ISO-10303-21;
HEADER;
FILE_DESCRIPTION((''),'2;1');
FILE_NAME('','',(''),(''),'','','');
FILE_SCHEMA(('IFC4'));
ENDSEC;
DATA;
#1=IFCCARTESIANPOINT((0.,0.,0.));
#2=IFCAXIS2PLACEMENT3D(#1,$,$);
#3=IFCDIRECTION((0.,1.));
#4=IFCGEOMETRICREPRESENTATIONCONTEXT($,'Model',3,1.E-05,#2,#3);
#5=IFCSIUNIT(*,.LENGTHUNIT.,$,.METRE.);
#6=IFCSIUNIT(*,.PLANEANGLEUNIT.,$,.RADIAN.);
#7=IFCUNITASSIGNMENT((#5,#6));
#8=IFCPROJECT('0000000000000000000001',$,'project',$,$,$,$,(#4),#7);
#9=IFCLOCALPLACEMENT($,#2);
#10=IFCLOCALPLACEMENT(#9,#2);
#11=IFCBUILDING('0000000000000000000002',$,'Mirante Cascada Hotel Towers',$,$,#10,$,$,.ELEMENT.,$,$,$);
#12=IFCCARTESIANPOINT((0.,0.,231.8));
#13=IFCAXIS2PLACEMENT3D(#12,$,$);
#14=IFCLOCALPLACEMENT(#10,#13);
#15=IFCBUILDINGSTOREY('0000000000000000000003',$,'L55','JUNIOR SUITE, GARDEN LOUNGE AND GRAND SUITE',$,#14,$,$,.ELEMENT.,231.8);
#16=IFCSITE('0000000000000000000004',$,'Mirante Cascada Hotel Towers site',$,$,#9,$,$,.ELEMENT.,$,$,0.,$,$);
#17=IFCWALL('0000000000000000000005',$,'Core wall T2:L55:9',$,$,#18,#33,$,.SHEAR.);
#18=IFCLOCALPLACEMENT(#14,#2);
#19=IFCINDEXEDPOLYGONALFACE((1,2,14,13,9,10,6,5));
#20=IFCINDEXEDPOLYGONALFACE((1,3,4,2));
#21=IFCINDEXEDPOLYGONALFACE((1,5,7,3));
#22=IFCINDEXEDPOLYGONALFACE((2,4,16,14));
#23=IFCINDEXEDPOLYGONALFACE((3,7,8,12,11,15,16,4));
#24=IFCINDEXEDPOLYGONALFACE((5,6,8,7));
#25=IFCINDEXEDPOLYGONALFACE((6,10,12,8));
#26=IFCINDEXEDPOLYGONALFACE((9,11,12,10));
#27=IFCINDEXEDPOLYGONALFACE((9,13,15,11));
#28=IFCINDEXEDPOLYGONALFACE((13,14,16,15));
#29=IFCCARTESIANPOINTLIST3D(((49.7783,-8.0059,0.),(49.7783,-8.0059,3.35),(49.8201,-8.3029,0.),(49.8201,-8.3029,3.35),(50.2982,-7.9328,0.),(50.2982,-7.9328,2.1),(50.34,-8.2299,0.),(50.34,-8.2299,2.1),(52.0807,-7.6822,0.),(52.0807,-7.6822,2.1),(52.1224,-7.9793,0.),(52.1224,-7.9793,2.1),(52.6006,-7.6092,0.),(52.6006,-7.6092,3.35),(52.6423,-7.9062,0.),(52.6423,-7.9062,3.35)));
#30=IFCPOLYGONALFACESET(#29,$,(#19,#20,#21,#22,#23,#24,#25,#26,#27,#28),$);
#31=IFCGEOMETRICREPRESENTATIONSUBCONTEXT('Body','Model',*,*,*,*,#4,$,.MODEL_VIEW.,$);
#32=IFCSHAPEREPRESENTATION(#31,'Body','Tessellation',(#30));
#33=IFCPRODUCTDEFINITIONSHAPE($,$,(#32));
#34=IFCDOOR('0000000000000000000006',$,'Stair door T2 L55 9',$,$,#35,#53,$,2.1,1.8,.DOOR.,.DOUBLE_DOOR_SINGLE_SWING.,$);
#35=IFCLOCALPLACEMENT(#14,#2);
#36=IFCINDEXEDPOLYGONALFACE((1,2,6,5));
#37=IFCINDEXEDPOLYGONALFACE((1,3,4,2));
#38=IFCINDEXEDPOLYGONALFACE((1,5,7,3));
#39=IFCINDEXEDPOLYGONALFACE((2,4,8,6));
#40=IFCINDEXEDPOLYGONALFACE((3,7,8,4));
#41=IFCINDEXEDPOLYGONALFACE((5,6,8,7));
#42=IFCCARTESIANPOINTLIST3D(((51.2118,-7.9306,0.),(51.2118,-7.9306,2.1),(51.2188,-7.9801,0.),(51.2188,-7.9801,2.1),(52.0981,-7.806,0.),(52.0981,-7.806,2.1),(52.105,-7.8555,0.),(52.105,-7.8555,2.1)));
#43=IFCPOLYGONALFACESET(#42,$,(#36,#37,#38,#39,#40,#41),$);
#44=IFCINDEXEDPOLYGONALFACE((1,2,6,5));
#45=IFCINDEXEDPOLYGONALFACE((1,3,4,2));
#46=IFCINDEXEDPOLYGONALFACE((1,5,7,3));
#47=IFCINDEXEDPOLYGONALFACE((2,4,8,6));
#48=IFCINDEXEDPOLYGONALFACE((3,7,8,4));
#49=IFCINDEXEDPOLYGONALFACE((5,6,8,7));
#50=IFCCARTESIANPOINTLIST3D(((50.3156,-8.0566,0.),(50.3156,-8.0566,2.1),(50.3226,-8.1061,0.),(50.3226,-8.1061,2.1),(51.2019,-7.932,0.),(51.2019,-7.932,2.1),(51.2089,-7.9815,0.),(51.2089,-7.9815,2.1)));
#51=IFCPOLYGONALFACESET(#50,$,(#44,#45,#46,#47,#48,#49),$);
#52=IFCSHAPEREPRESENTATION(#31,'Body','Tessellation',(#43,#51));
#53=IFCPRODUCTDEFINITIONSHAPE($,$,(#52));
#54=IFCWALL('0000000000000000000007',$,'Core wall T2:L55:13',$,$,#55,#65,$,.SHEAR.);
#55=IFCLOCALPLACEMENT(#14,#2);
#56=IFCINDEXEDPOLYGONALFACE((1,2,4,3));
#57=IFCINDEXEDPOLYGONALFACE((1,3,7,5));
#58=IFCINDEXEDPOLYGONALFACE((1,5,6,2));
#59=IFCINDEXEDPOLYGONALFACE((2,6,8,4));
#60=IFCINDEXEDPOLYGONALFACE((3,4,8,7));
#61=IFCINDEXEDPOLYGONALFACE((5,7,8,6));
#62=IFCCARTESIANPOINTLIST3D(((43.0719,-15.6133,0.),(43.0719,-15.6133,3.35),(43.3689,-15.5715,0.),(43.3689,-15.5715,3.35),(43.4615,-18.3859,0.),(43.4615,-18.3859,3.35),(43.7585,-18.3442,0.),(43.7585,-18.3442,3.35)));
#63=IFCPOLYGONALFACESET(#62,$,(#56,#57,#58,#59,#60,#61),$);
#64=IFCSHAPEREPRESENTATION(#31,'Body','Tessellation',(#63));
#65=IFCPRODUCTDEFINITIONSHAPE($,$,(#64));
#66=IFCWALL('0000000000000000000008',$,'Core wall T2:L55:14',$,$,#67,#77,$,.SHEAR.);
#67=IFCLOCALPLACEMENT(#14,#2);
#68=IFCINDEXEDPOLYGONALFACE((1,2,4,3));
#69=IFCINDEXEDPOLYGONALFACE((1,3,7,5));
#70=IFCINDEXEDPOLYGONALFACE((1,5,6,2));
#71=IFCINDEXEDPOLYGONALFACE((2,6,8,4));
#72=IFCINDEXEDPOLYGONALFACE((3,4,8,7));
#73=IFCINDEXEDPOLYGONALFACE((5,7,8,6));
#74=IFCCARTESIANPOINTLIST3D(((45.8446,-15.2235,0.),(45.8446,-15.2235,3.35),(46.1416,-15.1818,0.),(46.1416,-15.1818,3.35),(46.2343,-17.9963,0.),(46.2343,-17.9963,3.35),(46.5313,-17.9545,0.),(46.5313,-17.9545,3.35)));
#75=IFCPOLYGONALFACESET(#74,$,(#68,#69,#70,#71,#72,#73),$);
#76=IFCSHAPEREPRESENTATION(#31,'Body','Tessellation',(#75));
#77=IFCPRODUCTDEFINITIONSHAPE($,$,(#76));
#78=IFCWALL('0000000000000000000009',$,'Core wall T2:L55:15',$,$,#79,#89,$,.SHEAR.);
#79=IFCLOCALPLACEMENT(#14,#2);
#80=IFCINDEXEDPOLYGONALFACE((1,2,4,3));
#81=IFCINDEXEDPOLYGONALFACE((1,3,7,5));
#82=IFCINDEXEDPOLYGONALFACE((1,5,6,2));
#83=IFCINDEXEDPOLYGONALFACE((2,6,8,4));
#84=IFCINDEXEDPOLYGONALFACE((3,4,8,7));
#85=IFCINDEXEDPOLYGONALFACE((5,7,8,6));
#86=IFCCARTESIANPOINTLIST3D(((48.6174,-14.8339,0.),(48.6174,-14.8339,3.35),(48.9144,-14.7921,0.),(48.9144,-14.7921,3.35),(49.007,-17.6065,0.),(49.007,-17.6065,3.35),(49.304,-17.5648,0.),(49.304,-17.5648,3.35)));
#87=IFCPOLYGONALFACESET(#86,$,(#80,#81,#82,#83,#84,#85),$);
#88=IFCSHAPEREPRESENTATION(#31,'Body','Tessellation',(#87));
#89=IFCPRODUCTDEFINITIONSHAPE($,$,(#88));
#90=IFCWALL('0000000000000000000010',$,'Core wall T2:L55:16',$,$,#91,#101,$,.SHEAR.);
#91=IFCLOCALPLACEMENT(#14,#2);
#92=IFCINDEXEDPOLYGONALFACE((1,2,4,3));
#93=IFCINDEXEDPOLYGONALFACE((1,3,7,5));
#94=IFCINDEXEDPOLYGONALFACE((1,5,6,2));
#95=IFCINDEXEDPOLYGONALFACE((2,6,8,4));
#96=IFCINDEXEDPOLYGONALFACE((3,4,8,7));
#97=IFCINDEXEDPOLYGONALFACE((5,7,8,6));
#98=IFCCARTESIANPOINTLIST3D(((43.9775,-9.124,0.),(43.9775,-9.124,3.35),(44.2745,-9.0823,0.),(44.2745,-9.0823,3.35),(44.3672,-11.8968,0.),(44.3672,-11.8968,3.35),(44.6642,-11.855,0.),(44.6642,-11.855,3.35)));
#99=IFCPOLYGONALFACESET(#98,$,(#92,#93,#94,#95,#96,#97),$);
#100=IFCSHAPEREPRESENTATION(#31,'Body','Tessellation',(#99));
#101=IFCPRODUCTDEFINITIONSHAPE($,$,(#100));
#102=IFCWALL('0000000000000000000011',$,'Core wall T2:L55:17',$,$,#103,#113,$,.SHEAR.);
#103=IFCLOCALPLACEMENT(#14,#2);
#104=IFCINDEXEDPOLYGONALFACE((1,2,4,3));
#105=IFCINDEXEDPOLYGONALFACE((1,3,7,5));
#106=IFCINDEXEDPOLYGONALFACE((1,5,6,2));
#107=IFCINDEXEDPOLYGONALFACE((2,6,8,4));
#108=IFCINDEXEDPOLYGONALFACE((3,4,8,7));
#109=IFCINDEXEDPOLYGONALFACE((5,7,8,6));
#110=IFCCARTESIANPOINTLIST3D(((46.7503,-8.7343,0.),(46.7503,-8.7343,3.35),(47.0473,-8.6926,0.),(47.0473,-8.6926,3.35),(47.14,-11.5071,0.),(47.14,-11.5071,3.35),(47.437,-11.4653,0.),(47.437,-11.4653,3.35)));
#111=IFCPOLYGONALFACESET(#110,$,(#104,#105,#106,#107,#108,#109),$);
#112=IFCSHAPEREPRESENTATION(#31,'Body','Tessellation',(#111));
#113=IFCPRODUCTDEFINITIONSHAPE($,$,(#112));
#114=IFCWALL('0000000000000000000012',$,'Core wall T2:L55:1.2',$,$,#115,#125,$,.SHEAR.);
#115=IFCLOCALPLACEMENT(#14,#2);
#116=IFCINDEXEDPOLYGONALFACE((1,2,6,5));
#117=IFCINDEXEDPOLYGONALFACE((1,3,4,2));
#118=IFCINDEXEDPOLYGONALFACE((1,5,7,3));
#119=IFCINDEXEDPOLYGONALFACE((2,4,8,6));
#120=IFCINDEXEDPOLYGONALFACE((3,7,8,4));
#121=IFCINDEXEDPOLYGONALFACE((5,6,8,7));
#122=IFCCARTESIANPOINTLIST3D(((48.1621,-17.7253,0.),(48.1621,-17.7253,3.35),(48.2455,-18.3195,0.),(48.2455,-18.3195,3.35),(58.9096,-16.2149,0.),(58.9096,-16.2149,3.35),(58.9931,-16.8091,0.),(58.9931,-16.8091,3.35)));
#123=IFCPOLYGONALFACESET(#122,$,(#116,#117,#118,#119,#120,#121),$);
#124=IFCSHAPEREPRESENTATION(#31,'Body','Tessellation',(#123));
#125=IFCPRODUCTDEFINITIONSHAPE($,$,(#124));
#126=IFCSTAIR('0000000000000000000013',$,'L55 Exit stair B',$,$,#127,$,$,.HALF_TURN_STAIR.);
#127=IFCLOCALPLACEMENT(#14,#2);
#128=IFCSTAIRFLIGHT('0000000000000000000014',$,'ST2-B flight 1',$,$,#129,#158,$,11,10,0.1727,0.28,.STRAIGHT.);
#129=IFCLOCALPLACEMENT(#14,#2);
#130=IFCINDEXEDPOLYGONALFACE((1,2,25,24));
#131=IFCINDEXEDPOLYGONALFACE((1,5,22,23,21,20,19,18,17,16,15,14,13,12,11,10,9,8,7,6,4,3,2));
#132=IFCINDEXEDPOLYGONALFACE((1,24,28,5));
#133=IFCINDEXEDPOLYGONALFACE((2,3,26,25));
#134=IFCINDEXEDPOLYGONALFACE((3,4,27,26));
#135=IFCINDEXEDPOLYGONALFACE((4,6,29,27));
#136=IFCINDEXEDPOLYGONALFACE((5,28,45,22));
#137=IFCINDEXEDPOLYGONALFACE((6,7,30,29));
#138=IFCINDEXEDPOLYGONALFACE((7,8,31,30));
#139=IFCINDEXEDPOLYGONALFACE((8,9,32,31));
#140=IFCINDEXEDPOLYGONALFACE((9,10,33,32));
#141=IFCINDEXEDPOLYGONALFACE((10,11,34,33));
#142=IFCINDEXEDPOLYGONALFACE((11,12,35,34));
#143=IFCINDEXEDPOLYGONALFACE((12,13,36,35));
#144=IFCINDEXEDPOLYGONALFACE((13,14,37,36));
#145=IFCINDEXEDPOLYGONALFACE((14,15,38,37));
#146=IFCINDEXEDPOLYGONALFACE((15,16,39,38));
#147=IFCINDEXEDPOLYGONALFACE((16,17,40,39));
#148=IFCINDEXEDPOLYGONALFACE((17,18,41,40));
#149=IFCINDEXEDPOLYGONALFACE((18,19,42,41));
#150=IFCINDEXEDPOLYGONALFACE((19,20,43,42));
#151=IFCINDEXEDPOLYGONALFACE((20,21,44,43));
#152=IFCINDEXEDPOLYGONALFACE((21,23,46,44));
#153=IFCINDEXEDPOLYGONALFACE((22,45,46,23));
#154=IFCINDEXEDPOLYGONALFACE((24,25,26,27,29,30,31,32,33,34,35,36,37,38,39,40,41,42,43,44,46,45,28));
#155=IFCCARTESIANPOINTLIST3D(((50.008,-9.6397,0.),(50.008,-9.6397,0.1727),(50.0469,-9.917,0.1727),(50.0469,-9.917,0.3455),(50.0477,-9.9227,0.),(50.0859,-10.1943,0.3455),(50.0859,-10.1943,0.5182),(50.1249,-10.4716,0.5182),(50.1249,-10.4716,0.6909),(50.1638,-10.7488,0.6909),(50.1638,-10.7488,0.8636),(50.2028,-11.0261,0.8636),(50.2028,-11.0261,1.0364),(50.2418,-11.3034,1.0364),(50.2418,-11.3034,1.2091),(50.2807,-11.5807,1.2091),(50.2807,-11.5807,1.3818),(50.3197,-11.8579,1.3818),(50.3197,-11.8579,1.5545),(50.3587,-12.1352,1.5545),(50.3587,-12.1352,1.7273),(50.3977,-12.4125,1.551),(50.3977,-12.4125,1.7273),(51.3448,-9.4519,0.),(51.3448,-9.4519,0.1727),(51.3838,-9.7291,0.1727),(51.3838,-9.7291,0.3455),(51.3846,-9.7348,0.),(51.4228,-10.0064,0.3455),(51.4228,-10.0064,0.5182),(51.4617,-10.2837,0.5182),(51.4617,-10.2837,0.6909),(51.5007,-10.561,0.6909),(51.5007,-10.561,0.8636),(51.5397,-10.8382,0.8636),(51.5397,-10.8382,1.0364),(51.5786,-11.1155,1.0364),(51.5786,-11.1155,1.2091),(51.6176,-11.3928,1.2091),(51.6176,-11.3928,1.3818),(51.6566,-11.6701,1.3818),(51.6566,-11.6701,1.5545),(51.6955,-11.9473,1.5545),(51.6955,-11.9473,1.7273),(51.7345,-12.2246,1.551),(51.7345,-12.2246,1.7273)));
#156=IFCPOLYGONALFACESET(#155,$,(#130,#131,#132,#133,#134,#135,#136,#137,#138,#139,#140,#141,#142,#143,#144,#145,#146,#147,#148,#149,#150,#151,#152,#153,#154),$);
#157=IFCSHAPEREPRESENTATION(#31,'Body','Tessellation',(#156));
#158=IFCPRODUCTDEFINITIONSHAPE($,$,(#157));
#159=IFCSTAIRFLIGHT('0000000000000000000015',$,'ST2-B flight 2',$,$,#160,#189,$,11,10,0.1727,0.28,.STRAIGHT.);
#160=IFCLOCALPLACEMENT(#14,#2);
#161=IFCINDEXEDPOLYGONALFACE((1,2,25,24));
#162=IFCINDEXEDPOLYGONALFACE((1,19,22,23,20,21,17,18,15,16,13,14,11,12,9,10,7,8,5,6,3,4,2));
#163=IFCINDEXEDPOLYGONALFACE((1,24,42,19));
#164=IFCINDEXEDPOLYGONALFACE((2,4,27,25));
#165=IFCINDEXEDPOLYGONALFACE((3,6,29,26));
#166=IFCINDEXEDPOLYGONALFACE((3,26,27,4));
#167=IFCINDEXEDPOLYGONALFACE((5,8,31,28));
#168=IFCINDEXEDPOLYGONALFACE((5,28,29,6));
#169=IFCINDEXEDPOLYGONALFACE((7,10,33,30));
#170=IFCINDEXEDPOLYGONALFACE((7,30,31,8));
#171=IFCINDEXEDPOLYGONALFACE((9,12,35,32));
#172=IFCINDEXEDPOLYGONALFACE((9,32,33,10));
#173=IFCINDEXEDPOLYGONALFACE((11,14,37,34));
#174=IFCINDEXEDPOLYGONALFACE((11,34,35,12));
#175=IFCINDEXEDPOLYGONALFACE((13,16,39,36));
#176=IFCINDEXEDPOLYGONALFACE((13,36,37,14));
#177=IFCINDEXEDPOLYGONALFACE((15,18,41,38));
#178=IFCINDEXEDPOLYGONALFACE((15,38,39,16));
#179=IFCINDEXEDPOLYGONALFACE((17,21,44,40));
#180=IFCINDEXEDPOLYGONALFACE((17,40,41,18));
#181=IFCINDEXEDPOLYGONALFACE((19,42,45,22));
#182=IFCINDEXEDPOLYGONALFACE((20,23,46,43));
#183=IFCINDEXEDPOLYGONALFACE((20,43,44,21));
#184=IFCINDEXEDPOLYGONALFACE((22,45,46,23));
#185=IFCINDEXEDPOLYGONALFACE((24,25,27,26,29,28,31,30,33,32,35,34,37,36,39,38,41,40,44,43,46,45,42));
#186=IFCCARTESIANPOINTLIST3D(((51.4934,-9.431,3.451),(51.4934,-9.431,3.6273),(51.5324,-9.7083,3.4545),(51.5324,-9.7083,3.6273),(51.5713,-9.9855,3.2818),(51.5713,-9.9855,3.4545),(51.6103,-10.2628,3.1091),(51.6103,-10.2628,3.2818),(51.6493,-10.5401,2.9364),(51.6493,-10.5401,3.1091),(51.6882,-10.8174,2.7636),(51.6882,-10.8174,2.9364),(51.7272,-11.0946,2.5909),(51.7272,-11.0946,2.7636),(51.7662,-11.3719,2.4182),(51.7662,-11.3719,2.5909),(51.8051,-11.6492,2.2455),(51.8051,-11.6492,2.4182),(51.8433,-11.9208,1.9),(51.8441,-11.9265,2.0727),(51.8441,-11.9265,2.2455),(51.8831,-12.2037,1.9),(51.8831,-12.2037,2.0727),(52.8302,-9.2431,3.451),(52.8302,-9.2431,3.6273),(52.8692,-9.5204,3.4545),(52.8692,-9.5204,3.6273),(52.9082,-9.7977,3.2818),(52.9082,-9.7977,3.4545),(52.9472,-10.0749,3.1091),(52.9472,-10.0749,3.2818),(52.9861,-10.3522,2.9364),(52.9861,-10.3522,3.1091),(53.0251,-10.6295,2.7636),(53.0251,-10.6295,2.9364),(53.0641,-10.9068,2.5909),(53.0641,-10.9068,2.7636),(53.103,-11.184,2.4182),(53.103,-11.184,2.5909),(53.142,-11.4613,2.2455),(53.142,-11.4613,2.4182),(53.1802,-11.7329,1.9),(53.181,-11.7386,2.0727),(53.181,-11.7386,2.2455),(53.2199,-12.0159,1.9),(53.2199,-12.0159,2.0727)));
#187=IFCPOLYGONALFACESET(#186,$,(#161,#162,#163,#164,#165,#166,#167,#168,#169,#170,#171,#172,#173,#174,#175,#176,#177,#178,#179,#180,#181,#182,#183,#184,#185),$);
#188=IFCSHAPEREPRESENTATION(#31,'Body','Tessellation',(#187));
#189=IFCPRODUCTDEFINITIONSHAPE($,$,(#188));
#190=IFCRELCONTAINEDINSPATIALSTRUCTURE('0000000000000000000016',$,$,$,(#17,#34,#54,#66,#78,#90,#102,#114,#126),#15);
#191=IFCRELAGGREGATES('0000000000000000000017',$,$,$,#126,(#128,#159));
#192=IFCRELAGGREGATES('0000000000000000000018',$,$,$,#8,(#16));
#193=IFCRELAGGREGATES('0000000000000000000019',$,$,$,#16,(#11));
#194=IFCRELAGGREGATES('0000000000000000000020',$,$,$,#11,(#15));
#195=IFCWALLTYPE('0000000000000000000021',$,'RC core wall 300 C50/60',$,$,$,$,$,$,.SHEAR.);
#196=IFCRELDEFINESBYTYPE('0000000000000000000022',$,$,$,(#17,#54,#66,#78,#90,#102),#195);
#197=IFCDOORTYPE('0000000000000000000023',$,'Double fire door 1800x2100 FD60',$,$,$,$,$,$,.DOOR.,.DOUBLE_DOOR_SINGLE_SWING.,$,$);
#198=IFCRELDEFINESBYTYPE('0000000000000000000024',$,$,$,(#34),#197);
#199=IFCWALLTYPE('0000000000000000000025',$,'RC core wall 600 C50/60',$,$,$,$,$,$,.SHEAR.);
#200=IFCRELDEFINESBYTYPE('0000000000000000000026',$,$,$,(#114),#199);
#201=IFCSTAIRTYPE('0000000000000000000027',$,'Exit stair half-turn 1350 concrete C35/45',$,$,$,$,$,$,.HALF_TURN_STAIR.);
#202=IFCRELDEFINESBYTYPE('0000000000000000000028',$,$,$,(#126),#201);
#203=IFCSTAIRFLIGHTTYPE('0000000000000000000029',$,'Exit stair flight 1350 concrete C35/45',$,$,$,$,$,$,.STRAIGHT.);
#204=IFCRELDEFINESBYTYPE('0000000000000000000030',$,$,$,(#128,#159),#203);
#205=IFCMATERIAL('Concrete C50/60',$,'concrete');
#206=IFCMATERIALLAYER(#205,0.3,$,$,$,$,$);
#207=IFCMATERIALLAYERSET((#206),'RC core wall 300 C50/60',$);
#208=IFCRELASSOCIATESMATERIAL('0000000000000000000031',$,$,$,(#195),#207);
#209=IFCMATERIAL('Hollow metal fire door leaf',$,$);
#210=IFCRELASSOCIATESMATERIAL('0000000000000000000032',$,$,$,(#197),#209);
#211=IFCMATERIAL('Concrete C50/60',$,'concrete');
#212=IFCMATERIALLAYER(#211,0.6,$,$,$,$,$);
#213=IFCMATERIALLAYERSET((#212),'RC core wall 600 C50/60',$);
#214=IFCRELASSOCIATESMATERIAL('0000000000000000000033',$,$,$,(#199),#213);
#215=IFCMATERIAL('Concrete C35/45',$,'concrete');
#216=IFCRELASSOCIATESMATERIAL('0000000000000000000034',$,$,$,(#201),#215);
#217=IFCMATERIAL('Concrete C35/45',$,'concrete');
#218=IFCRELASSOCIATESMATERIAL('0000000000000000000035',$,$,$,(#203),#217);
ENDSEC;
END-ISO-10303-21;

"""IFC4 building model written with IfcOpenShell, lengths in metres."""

from ifc_helpers import new_model, si_unit, direction, frame, frame_2d, origin, place, context, subcontext, project, spatial, polyline, rectangle, outline, extrude, material, layer, layer_set, type_object, element, fill, aggregate, save


model = new_model("IFC4")

# Units and contexts
model_context = context("Model", 3, precision=1e-05, world=origin(), true_north=direction((0.0, 1.0)))
body_context = subcontext(model_context, "Body", "Model", "MODEL_VIEW")
ifc_project = project(units=[si_unit("LENGTHUNIT", "METRE"), si_unit("PLANEANGLEUNIT", "RADIAN")], contexts=[model_context])

# Site, building, storey
site_placement = place(None, origin())
site = spatial("IfcSite", under=ifc_project, at=site_placement, Name="Mirante Cascada Hotel Towers site", CompositionType="ELEMENT", RefElevation=0.0)
building_placement = place(site_placement, origin())
building = spatial("IfcBuilding", under=site, at=building_placement, Name="Mirante Cascada Hotel Towers", CompositionType="ELEMENT")
storey_placement = place(building_placement, frame((0.0, 0.0, 231.8)))
storey = spatial("IfcBuildingStorey", under=building, at=storey_placement, Name="L55", Description="JUNIOR SUITE, GARDEN LOUNGE AND GRAND SUITE", CompositionType="ELEMENT", Elevation=231.8)

# Shared definitions
ifc_material_1 = material(Name="Concrete C50/60", Category="concrete")
ifc_layer_1 = layer(ifc_material_1, 0.3)
ifc_layer_set_1 = layer_set([ifc_layer_1], Name="RC core wall 300 C50/60")
wall_type_1 = type_object("IfcWallType", Name="RC core wall 300 C50/60", PredefinedType="SHEAR", material=ifc_layer_set_1)

# Wall, opening, door
wall_1_placement = place(storey_placement, frame((49.7992, -8.1544, 0.0), z_axis=(0.0, 0.0, 1.0), x_axis=(0.990266, 0.139191, 0.0)))
wall_1 = element("IfcWall", 1, at=wall_1_placement, inside=storey, type_object=wall_type_1, Name="Core wall T2:L55:9", PredefinedType="SHEAR", context=body_context, shape_type="SweptSolid", body=[
    extrude(rectangle(XDim=2.85, YDim=0.3, at=frame_2d((1.425, 0.0))), origin(), (0.0, 0.0, 1.0), 3.35),
])
opening_1_placement = place(wall_1_placement, frame((0.525, 0.0, 0.0)))
opening_1 = element("IfcOpeningElement", 2, at=opening_1_placement, cuts=wall_1, PredefinedType="OPENING", context=body_context, shape_type="SweptSolid", body=[
    extrude(rectangle(XDim=1.8, YDim=2.1, at=frame_2d((0.9, 1.05))), frame((0.0, 0.15, 0.0), z_axis=(0.0, -1.0, 0.0), x_axis=(1.0, 0.0, 0.0)), (0.0, 0.0, 1.0), 0.3),
])
ifc_material_2 = material(Name="Hollow metal fire door leaf")
door_type_1 = type_object("IfcDoorType", Name="Double fire door 1800x2100 FD60", OperationType="DOUBLE_DOOR_SINGLE_SWING", PredefinedType="DOOR", material=ifc_material_2)
door_1_placement = place(opening_1_placement, frame((1.8, 0.0, 0.0), z_axis=(0.0, 0.0, 1.0), x_axis=(-1.0, 0.0, 0.0)))
door_1 = element("IfcDoor", 3, at=door_1_placement, inside=storey, type_object=door_type_1, Name="Stair door T2 L55 9", OperationType="DOUBLE_DOOR_SINGLE_SWING", OverallHeight=2.1, OverallWidth=1.8, PredefinedType="DOOR", context=body_context, shape_type="SweptSolid", body=[
    extrude(rectangle(XDim=0.895, YDim=2.1, at=frame_2d((0.4475, 1.05))), frame((0.0, 0.025, 0.0), z_axis=(0.0, -1.0, 0.0), x_axis=(1.0, 0.0, 0.0)), (0.0, 0.0, 1.0), 0.05),
    extrude(rectangle(XDim=0.895, YDim=2.1, at=frame_2d((1.3525, 1.05))), frame((0.0, 0.025, 0.0), z_axis=(0.0, -1.0, 0.0), x_axis=(1.0, 0.0, 0.0)), (0.0, 0.0, 1.0), 0.05),
])
fill(opening_1, door_1)

# Walls
wall_2_placement = place(storey_placement, frame((43.61, -18.3651, 0.0), z_axis=(0.0, 0.0, 1.0), x_axis=(-0.139146, 0.990272, 0.0)))
element("IfcWall", 4, at=wall_2_placement, inside=storey, type_object=wall_type_1, Name="Core wall T2:L55:13", PredefinedType="SHEAR", context=body_context, shape_type="SweptSolid", body=[
    extrude(rectangle(XDim=2.7999, YDim=0.3, at=frame_2d((1.4, 0.0))), origin(), (0.0, 0.0, 1.0), 3.35),
])
wall_3_placement = place(storey_placement, frame((46.3828, -17.9754, 0.0), z_axis=(0.0, 0.0, 1.0), x_axis=(-0.139181, 0.990267, 0.0)))
element("IfcWall", 5, at=wall_3_placement, inside=storey, type_object=wall_type_1, Name="Core wall T2:L55:14", PredefinedType="SHEAR", context=body_context, shape_type="SweptSolid", body=[
    extrude(rectangle(XDim=2.8, YDim=0.3, at=frame_2d((1.4, 0.0))), origin(), (0.0, 0.0, 1.0), 3.35),
])
wall_4_placement = place(storey_placement, frame((49.1555, -17.5857, 0.0), z_axis=(0.0, 0.0, 1.0), x_axis=(-0.139146, 0.990272, 0.0)))
element("IfcWall", 6, at=wall_4_placement, inside=storey, type_object=wall_type_1, Name="Core wall T2:L55:15", PredefinedType="SHEAR", context=body_context, shape_type="SweptSolid", body=[
    extrude(rectangle(XDim=2.7999, YDim=0.3, at=frame_2d((1.4, 0.0))), origin(), (0.0, 0.0, 1.0), 3.35),
])
for number, where, z_axis, x_axis, name in (
    (7, (44.5157, -11.8759, 0.0), (0.0, 0.0, 1.0), (-0.139181, 0.990267, 0.0), "Core wall T2:L55:16"),
    (8, (47.2885, -11.4862, 0.0), (0.0, 0.0, 1.0), (-0.139181, 0.990267, 0.0), "Core wall T2:L55:17"),
):
    element("IfcWall", number, at=place(storey_placement, frame(where, z_axis=z_axis, x_axis=x_axis)), inside=storey, type_object=wall_type_1, Name=name, PredefinedType="SHEAR", context=body_context, shape_type="SweptSolid", body=[
        extrude(rectangle(XDim=2.8, YDim=0.3, at=frame_2d((1.4, 0.0))), origin(), (0.0, 0.0, 1.0), 3.35),
    ])
ifc_material_3 = material(Name="Concrete C50/60", Category="concrete")
ifc_layer_2 = layer(ifc_material_3, 0.6)
ifc_layer_set_2 = layer_set([ifc_layer_2], Name="RC core wall 600 C50/60")
wall_type_2 = type_object("IfcWallType", Name="RC core wall 600 C50/60", PredefinedType="SHEAR", material=ifc_layer_set_2)
wall_5_placement = place(storey_placement, frame((48.2038, -18.0224, 0.0), z_axis=(0.0, 0.0, 1.0), x_axis=(0.990269, 0.139166, 0.0)))
element("IfcWall", 9, at=wall_5_placement, inside=storey, type_object=wall_type_2, Name="Core wall T2:L55:1.2", PredefinedType="SHEAR", context=body_context, shape_type="SweptSolid", body=[
    extrude(rectangle(XDim=10.8532, YDim=0.6, at=frame_2d((5.4266, 0.0))), origin(), (0.0, 0.0, 1.0), 3.35),
])

# Stair, stair flights
ifc_material_4 = material(Name="Concrete C35/45", Category="concrete")
stair_type = type_object("IfcStairType", Name="Exit stair half-turn 1350 concrete C35/45", PredefinedType="HALF_TURN_STAIR", material=ifc_material_4)
stair_placement = place(storey_placement, origin())
stair = element("IfcStair", 10, at=stair_placement, inside=storey, type_object=stair_type, Name="L55 Exit stair B", PredefinedType="HALF_TURN_STAIR")
ifc_material_5 = material(Name="Concrete C35/45", Category="concrete")
stair_flight_type = type_object("IfcStairFlightType", Name="Exit stair flight 1350 concrete C35/45", PredefinedType="STRAIGHT", material=ifc_material_5)
stair_flight_1_placement = place(storey_placement, frame((50.6764, -9.5458, 0.0), z_axis=(0.0, 0.0, 1.0), x_axis=(0.139173, -0.990268, 0.0)))
stair_flight_1 = element("IfcStairFlight", 11, at=stair_flight_1_placement, type_object=stair_flight_type, Name="ST2-B flight 1", NumberOfRisers=11, NumberOfTreads=10, PredefinedType="STRAIGHT", RiserHeight=0.1727, TreadLength=0.28, context=body_context, shape_type="SweptSolid", body=[
    extrude(outline(polyline([(0.0, 0.0), (0.0, 0.1727), (0.28, 0.1727), (0.28, 0.3455), (0.56, 0.3455), (0.56, 0.5182), (0.84, 0.5182), (0.84, 0.6909), (1.12, 0.6909), (1.12, 0.8636), (1.4, 0.8636), (1.4, 1.0364), (1.68, 1.0364), (1.68, 1.2091), (1.96, 1.2091), (1.96, 1.3818), (2.24, 1.3818), (2.24, 1.5545), (2.52, 1.5545), (2.52, 1.7273), (2.8, 1.7273), (2.8, 1.9), (2.8, 1.551), (0.2857, 0.0), (0.0, 0.0)])), frame((0.0, 0.675, 0.0), z_axis=(0.0, -1.0, 0.0), x_axis=(1.0, 0.0, 0.0)), (0.0, 0.0, 1.0), 1.35),
])
stair_flight_2_placement = place(storey_placement, frame((52.5515, -12.1098, 1.9), z_axis=(0.0, 0.0, 1.0), x_axis=(-0.139173, 0.990268, 0.0)))
stair_flight_2 = element("IfcStairFlight", 12, at=stair_flight_2_placement, type_object=stair_flight_type, Name="ST2-B flight 2", NumberOfRisers=11, NumberOfTreads=10, PredefinedType="STRAIGHT", RiserHeight=0.1727, TreadLength=0.28, context=body_context, shape_type="SweptSolid", body=[
    extrude(outline(polyline([(0.0, 0.0), (0.0, 0.1727), (0.28, 0.1727), (0.28, 0.3455), (0.56, 0.3455), (0.56, 0.5182), (0.84, 0.5182), (0.84, 0.6909), (1.12, 0.6909), (1.12, 0.8636), (1.4, 0.8636), (1.4, 1.0364), (1.68, 1.0364), (1.68, 1.2091), (1.96, 1.2091), (1.96, 1.3818), (2.24, 1.3818), (2.24, 1.5545), (2.52, 1.5545), (2.52, 1.7273), (2.8, 1.7273), (2.8, 1.9), (2.8, 1.551), (0.2857, 0.0), (0.0, 0.0)])), frame((0.0, 0.675, 0.0), z_axis=(0.0, -1.0, 0.0), x_axis=(1.0, 0.0, 0.0)), (0.0, 0.0, 1.0), 1.35),
])
aggregate(stair, [stair_flight_1, stair_flight_2])

save(model, "model.ifc")
